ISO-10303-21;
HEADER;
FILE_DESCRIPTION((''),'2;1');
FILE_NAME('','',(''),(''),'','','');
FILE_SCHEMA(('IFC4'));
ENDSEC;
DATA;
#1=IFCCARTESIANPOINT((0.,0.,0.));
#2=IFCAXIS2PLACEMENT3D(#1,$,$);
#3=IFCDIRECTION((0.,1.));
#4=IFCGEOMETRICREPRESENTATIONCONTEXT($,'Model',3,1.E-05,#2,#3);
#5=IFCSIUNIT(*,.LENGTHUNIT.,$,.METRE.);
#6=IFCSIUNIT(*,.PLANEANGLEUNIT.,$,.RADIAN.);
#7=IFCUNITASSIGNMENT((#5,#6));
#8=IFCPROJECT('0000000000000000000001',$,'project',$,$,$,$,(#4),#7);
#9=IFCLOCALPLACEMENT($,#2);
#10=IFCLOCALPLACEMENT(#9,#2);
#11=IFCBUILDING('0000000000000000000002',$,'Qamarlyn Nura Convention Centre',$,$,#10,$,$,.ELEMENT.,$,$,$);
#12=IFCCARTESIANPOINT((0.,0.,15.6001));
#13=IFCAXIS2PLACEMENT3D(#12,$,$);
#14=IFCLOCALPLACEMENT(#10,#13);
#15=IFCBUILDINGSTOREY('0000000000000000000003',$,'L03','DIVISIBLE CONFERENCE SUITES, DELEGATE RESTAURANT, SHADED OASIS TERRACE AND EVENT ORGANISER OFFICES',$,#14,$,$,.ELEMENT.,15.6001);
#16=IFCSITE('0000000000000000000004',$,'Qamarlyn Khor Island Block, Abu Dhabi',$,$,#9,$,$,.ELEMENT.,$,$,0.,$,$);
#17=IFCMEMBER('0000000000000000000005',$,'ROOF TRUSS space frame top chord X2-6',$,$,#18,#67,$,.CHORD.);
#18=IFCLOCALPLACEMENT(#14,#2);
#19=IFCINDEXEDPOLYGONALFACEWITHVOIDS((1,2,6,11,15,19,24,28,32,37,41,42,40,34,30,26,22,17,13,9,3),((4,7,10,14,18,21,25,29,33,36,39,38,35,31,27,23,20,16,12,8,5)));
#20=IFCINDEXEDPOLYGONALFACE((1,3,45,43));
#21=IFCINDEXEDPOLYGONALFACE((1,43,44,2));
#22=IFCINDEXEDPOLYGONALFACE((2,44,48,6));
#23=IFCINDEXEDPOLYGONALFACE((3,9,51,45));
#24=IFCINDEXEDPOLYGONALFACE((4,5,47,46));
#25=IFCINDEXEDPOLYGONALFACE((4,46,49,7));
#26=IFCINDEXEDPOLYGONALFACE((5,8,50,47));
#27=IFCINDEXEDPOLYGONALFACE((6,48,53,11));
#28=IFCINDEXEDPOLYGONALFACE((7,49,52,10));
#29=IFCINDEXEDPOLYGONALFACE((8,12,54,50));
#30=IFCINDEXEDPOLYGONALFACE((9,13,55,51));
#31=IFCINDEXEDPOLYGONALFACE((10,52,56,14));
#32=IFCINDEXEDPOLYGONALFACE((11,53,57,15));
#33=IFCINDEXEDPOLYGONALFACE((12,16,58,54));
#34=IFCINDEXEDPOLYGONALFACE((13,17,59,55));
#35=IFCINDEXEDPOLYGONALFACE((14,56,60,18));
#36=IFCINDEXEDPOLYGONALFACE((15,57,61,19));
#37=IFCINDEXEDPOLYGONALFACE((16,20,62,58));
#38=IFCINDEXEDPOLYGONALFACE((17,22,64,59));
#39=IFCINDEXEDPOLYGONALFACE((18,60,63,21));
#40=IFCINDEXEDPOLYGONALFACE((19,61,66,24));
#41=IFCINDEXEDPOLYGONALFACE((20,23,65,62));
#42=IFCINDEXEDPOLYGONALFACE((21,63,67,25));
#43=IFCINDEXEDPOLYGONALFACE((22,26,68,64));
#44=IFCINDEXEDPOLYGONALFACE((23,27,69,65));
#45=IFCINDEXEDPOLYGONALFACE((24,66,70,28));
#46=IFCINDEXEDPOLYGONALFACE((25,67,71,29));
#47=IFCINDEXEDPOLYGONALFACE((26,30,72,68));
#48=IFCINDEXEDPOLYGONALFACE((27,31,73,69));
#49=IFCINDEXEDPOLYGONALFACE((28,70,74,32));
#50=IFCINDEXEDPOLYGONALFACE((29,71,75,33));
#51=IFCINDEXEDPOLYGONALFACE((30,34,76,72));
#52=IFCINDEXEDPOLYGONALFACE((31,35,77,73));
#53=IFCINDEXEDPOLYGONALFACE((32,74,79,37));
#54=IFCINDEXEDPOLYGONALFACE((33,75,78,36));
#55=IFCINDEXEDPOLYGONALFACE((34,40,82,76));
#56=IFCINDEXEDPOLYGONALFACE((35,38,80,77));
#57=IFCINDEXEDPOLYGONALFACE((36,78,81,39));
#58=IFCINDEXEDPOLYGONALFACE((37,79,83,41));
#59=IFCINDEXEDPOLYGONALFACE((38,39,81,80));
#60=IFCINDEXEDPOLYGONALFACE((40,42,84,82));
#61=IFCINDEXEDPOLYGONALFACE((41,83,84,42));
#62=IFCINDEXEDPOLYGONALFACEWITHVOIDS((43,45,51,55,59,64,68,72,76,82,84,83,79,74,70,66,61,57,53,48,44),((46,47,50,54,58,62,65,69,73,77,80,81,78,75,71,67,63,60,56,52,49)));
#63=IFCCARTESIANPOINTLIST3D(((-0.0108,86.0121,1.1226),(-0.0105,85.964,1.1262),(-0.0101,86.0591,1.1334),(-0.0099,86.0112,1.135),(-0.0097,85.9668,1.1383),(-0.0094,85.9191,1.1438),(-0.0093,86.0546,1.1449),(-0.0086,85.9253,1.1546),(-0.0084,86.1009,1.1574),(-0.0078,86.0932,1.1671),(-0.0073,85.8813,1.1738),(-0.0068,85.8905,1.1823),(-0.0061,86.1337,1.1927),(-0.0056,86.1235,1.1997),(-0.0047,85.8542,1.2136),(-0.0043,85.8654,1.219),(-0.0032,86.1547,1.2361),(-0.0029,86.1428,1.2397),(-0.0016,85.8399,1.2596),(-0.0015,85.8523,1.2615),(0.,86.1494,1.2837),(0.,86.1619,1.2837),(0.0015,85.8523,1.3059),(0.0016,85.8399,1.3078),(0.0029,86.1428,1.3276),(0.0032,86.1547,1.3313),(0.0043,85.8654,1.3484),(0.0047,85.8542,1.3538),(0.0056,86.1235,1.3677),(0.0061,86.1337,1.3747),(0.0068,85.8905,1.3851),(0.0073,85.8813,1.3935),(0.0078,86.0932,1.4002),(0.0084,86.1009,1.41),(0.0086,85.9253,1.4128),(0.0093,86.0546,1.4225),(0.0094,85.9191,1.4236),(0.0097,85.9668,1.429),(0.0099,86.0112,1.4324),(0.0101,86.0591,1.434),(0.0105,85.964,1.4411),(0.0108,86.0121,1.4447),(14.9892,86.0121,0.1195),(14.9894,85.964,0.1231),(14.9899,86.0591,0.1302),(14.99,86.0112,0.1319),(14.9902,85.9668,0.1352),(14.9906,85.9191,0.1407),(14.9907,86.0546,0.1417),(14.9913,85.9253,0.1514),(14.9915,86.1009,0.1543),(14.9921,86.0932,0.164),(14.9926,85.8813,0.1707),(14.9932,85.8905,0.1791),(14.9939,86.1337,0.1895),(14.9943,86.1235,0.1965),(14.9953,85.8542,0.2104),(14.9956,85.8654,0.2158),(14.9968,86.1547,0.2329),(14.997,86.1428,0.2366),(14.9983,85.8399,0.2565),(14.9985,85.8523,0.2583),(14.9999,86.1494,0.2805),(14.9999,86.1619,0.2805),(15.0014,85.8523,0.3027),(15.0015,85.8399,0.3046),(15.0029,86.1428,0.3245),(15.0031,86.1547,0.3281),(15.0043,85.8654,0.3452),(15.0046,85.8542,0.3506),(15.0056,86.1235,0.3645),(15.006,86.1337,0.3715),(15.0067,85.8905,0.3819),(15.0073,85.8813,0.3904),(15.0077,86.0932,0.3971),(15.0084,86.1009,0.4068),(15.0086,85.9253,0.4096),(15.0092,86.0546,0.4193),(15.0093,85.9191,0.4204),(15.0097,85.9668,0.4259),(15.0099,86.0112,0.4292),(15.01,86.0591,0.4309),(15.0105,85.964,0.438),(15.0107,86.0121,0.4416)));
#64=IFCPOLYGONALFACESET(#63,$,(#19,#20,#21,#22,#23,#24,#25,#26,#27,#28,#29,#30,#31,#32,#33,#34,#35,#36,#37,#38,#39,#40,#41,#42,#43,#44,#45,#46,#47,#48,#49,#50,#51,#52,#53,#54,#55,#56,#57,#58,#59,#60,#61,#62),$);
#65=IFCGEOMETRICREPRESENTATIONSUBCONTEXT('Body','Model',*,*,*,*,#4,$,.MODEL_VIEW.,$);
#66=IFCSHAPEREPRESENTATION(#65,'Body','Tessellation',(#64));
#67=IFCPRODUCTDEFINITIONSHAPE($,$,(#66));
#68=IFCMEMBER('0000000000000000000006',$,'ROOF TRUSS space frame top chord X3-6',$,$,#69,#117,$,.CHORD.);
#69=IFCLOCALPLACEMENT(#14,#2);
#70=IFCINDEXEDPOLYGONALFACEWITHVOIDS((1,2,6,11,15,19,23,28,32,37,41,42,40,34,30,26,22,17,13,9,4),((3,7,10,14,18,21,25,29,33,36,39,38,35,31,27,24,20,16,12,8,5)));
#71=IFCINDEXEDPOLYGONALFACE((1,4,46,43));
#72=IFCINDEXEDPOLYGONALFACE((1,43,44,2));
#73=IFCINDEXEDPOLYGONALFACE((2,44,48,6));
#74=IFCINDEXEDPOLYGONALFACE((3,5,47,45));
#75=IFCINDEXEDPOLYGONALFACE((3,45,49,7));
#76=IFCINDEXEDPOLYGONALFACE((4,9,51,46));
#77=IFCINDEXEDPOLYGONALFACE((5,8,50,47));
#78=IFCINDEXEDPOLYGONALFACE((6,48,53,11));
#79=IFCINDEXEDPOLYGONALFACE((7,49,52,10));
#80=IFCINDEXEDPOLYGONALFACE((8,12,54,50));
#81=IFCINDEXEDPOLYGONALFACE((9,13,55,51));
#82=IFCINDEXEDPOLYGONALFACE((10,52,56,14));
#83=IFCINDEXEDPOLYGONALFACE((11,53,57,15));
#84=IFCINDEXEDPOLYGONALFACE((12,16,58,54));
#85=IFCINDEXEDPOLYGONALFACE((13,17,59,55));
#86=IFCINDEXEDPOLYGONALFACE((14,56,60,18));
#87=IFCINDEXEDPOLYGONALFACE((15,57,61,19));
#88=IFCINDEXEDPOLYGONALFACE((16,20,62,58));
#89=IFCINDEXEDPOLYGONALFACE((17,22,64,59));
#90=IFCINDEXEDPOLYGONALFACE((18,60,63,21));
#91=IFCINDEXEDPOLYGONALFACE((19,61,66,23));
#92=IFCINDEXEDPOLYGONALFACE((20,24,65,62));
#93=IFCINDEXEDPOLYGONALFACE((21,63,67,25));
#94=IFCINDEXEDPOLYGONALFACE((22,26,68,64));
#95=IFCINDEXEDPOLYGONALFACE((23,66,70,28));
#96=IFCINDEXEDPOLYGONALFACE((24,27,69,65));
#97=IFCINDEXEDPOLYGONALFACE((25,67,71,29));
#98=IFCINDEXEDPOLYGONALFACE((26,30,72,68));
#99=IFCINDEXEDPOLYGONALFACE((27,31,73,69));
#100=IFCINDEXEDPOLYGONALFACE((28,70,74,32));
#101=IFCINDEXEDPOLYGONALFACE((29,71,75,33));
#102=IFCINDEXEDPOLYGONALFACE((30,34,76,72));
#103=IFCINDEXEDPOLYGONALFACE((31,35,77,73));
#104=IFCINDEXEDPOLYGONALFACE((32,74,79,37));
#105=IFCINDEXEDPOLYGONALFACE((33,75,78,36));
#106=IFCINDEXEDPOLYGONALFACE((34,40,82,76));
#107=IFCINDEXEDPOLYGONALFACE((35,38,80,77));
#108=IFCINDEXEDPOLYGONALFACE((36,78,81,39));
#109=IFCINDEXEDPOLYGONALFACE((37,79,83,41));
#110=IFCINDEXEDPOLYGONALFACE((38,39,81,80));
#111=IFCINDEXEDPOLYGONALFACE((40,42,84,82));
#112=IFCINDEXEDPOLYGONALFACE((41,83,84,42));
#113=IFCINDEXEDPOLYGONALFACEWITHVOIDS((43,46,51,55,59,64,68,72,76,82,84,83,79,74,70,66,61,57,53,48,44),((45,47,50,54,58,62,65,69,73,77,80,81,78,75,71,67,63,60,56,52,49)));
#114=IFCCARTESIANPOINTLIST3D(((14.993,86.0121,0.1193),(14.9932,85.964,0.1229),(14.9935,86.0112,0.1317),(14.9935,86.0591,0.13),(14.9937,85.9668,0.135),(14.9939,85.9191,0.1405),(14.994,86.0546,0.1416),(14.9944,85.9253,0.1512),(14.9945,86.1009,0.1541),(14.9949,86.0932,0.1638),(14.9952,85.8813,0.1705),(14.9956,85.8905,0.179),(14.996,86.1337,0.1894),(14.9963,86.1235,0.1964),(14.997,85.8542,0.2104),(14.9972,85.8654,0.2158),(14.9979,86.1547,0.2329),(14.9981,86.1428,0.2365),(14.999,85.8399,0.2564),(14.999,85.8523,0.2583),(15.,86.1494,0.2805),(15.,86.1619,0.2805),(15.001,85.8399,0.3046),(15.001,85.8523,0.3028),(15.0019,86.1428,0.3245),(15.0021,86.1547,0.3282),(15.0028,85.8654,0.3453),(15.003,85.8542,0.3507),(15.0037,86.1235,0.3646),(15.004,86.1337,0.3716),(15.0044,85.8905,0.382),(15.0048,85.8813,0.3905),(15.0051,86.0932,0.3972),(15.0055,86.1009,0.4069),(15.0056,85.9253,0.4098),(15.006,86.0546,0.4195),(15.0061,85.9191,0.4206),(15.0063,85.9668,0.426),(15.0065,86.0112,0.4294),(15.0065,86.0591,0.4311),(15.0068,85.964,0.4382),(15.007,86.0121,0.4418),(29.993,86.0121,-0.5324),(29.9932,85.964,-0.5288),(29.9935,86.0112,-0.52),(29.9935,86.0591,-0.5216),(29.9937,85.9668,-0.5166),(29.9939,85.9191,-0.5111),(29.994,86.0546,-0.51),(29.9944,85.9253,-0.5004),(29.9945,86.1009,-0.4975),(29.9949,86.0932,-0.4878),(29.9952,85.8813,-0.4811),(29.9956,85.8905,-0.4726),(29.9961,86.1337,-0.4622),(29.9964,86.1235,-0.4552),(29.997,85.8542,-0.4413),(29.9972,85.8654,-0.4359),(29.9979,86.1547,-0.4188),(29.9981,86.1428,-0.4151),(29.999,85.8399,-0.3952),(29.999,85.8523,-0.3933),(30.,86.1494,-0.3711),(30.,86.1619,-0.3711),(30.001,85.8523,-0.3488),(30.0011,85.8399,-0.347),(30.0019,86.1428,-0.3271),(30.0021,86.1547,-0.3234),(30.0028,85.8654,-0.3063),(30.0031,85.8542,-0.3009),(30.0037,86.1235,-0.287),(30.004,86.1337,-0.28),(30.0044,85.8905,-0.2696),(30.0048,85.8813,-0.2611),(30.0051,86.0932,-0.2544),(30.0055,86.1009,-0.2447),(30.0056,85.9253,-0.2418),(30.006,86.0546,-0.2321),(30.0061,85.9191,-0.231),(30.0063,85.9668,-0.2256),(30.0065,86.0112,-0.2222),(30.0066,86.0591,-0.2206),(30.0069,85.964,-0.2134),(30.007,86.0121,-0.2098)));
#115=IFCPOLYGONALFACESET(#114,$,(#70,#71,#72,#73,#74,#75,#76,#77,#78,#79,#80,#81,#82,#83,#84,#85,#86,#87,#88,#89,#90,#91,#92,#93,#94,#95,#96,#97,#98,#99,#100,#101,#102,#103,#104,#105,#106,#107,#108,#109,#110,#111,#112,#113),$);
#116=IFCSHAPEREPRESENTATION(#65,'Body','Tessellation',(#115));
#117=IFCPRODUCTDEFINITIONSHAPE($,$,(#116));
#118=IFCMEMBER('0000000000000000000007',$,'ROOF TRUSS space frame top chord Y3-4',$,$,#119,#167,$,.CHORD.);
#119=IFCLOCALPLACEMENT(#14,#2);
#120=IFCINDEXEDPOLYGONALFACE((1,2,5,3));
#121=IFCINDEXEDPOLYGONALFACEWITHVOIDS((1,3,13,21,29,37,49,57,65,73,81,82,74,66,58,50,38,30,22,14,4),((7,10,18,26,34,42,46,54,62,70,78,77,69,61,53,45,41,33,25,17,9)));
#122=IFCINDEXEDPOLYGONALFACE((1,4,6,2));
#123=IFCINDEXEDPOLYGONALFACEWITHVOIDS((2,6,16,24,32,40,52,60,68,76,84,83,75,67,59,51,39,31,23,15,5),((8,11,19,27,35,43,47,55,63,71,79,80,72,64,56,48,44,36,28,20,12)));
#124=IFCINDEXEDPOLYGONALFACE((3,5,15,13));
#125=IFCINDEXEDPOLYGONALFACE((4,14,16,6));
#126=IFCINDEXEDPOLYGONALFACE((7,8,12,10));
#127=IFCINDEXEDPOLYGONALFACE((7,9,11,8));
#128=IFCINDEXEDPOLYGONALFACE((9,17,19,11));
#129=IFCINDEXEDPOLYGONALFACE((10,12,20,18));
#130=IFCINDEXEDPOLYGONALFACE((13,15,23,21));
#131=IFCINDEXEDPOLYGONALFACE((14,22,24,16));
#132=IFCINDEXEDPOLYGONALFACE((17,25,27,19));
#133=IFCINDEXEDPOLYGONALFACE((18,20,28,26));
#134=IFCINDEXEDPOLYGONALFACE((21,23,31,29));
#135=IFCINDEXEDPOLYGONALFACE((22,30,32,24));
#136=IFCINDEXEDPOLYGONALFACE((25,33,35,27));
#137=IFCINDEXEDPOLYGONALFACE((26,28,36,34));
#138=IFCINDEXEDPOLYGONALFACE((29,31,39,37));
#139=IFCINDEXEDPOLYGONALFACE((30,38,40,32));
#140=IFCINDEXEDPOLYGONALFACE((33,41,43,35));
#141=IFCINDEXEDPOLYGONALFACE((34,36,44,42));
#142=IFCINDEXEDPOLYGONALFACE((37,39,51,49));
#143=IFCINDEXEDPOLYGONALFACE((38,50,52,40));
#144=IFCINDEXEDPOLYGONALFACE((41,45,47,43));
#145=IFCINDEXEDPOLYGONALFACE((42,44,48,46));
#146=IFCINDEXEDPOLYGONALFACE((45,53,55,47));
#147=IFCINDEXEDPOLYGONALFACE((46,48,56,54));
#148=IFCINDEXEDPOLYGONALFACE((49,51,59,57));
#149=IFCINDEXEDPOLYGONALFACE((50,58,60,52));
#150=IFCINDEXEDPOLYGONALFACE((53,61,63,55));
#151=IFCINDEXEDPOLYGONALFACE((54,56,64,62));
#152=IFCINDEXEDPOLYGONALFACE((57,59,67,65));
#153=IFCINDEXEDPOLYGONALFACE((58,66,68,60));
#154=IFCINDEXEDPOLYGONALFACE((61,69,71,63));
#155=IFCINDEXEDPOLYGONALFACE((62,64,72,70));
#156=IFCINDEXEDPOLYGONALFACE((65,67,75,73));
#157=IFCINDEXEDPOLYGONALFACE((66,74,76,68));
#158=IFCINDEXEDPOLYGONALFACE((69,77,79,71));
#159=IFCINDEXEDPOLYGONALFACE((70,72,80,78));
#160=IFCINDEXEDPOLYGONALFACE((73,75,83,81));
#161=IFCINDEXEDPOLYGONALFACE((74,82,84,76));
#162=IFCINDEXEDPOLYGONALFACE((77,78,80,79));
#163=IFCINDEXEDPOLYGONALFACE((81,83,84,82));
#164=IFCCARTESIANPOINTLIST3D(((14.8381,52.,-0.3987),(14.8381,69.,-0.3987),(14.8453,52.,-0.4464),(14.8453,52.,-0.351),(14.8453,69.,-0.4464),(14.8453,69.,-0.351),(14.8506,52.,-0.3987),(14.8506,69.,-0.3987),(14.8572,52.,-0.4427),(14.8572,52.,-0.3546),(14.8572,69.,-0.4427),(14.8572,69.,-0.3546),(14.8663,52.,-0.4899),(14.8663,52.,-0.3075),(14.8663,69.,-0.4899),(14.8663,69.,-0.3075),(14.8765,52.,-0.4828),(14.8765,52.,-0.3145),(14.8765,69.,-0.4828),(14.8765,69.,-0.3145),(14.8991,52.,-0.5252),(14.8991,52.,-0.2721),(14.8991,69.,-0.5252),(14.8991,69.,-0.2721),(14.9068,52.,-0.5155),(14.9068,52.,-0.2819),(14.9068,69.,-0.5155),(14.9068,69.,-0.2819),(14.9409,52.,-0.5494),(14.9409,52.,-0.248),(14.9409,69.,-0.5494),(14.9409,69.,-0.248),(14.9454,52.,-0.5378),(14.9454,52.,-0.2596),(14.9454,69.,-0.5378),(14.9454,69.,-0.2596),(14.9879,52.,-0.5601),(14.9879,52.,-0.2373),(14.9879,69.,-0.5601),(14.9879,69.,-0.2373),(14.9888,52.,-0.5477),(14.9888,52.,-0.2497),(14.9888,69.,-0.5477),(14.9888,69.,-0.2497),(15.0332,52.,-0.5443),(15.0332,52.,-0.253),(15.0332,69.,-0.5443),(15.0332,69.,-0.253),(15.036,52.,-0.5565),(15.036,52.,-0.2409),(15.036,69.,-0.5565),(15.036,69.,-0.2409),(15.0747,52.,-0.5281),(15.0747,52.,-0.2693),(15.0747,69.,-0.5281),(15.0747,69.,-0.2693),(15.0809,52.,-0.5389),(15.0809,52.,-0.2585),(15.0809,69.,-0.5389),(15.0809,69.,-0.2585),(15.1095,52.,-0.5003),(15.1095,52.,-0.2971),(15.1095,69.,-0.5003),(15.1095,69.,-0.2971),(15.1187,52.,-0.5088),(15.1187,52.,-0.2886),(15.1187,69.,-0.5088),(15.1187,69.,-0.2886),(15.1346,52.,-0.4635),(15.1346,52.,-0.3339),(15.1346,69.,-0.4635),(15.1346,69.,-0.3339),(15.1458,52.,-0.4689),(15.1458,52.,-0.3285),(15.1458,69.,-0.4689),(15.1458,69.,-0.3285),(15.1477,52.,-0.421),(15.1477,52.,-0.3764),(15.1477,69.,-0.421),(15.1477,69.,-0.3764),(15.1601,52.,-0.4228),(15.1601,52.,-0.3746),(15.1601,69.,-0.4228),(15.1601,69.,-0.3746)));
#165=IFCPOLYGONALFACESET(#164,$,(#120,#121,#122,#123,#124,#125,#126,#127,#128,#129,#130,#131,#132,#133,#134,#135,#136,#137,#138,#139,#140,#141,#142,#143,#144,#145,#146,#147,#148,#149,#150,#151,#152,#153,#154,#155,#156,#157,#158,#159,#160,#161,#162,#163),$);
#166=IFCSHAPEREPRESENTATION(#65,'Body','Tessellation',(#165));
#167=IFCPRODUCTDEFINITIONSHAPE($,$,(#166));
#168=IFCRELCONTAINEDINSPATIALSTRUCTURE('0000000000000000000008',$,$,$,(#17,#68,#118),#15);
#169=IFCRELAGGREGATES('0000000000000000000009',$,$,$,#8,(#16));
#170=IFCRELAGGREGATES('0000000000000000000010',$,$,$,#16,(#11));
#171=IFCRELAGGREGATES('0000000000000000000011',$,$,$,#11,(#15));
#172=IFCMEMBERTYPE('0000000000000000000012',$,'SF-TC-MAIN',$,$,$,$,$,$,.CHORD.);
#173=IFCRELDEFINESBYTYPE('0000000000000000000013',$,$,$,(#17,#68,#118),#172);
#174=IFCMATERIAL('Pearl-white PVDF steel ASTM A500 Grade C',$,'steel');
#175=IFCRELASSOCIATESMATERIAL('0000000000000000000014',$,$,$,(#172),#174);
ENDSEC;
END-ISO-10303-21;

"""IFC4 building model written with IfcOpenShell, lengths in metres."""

from ifc_helpers import new_model, si_unit, direction, frame, origin, origin_2d, place, context, subcontext, project, spatial, hollow_circle, extrude, material, material_profile, profile_set, type_object, element, save


model = new_model("IFC4")

# Units and contexts
model_context = context("Model", 3, precision=1e-05, world=origin(), true_north=direction((0.0, 1.0)))
body_context = subcontext(model_context, "Body", "Model", "MODEL_VIEW")
ifc_project = project(units=[si_unit("LENGTHUNIT", "METRE"), si_unit("PLANEANGLEUNIT", "RADIAN")], contexts=[model_context])

# Site, building, storey
site_placement = place(None, origin())
site = spatial("IfcSite", under=ifc_project, at=site_placement, Name="Qamarlyn Khor Island Block, Abu Dhabi", CompositionType="ELEMENT", RefElevation=0.0)
building_placement = place(site_placement, origin())
building = spatial("IfcBuilding", under=site, at=building_placement, Name="Qamarlyn Nura Convention Centre", CompositionType="ELEMENT")
storey_placement = place(building_placement, frame((0.0, 0.0, 15.6001)))
storey = spatial("IfcBuildingStorey", under=building, at=storey_placement, Name="L03", Description="DIVISIBLE CONFERENCE SUITES, DELEGATE RESTAURANT, SHADED OASIS TERRACE AND EVENT ORGANISER OFFICES", CompositionType="ELEMENT", Elevation=15.6001)

# Members
ifc_material_1 = material(Name="Pearl-white PVDF steel ASTM A500 Grade C", Category="steel")
ifc_material_profile_1 = material_profile(ifc_material_1, hollow_circle(Radius=0.1619, WallThickness=0.0125, at=origin_2d()), Name="CHS323.9X12.5")
ifc_profile_set_1 = profile_set([ifc_material_profile_1], Name="Pearl-white PVDF steel ASTM A500 Grade C")
member_type_1 = type_object("IfcMemberType", Name="SF-TC-MAIN", PredefinedType="CHORD", material=ifc_profile_set_1)
member_1_placement = place(storey_placement, frame((0.0, 86.0, 1.2837), z_axis=(0.997771, 0.0, -0.066729), x_axis=(0.0, 1.0, 0.0)))
element("IfcMember", 1, at=member_1_placement, inside=storey, type_object=member_type_1, Name="ROOF TRUSS space frame top chord X2-6", PredefinedType="CHORD", context=body_context, shape_type="SweptSolid", body=[
    extrude(hollow_circle(Radius=0.1619, WallThickness=0.0125, at=origin_2d()), origin(), (0.0, 0.0, 1.0), 15.0334),
])
member_2_placement = place(storey_placement, frame((15.0, 86.0, 0.2805), z_axis=(0.999058, 0.0, -0.0434), x_axis=(0.0, 1.0, 0.0)))
element("IfcMember", 2, at=member_2_placement, inside=storey, type_object=member_type_1, Name="ROOF TRUSS space frame top chord X3-6", PredefinedType="CHORD", context=body_context, shape_type="SweptSolid", body=[
    extrude(hollow_circle(Radius=0.1619, WallThickness=0.0125, at=origin_2d()), origin(), (0.0, 0.0, 1.0), 15.0142),
])
member_3_placement = place(storey_placement, frame((15.0, 52.0, -0.3987), z_axis=(0.0, 1.0, 0.0), x_axis=(-1.0, 0.0, 0.0)))
element("IfcMember", 3, at=member_3_placement, inside=storey, type_object=member_type_1, Name="ROOF TRUSS space frame top chord Y3-4", PredefinedType="CHORD", context=body_context, shape_type="SweptSolid", body=[
    extrude(hollow_circle(Radius=0.1619, WallThickness=0.0125, at=origin_2d()), origin(), (0.0, 0.0, 1.0), 17.0),
])

save(model, "model.ifc")
